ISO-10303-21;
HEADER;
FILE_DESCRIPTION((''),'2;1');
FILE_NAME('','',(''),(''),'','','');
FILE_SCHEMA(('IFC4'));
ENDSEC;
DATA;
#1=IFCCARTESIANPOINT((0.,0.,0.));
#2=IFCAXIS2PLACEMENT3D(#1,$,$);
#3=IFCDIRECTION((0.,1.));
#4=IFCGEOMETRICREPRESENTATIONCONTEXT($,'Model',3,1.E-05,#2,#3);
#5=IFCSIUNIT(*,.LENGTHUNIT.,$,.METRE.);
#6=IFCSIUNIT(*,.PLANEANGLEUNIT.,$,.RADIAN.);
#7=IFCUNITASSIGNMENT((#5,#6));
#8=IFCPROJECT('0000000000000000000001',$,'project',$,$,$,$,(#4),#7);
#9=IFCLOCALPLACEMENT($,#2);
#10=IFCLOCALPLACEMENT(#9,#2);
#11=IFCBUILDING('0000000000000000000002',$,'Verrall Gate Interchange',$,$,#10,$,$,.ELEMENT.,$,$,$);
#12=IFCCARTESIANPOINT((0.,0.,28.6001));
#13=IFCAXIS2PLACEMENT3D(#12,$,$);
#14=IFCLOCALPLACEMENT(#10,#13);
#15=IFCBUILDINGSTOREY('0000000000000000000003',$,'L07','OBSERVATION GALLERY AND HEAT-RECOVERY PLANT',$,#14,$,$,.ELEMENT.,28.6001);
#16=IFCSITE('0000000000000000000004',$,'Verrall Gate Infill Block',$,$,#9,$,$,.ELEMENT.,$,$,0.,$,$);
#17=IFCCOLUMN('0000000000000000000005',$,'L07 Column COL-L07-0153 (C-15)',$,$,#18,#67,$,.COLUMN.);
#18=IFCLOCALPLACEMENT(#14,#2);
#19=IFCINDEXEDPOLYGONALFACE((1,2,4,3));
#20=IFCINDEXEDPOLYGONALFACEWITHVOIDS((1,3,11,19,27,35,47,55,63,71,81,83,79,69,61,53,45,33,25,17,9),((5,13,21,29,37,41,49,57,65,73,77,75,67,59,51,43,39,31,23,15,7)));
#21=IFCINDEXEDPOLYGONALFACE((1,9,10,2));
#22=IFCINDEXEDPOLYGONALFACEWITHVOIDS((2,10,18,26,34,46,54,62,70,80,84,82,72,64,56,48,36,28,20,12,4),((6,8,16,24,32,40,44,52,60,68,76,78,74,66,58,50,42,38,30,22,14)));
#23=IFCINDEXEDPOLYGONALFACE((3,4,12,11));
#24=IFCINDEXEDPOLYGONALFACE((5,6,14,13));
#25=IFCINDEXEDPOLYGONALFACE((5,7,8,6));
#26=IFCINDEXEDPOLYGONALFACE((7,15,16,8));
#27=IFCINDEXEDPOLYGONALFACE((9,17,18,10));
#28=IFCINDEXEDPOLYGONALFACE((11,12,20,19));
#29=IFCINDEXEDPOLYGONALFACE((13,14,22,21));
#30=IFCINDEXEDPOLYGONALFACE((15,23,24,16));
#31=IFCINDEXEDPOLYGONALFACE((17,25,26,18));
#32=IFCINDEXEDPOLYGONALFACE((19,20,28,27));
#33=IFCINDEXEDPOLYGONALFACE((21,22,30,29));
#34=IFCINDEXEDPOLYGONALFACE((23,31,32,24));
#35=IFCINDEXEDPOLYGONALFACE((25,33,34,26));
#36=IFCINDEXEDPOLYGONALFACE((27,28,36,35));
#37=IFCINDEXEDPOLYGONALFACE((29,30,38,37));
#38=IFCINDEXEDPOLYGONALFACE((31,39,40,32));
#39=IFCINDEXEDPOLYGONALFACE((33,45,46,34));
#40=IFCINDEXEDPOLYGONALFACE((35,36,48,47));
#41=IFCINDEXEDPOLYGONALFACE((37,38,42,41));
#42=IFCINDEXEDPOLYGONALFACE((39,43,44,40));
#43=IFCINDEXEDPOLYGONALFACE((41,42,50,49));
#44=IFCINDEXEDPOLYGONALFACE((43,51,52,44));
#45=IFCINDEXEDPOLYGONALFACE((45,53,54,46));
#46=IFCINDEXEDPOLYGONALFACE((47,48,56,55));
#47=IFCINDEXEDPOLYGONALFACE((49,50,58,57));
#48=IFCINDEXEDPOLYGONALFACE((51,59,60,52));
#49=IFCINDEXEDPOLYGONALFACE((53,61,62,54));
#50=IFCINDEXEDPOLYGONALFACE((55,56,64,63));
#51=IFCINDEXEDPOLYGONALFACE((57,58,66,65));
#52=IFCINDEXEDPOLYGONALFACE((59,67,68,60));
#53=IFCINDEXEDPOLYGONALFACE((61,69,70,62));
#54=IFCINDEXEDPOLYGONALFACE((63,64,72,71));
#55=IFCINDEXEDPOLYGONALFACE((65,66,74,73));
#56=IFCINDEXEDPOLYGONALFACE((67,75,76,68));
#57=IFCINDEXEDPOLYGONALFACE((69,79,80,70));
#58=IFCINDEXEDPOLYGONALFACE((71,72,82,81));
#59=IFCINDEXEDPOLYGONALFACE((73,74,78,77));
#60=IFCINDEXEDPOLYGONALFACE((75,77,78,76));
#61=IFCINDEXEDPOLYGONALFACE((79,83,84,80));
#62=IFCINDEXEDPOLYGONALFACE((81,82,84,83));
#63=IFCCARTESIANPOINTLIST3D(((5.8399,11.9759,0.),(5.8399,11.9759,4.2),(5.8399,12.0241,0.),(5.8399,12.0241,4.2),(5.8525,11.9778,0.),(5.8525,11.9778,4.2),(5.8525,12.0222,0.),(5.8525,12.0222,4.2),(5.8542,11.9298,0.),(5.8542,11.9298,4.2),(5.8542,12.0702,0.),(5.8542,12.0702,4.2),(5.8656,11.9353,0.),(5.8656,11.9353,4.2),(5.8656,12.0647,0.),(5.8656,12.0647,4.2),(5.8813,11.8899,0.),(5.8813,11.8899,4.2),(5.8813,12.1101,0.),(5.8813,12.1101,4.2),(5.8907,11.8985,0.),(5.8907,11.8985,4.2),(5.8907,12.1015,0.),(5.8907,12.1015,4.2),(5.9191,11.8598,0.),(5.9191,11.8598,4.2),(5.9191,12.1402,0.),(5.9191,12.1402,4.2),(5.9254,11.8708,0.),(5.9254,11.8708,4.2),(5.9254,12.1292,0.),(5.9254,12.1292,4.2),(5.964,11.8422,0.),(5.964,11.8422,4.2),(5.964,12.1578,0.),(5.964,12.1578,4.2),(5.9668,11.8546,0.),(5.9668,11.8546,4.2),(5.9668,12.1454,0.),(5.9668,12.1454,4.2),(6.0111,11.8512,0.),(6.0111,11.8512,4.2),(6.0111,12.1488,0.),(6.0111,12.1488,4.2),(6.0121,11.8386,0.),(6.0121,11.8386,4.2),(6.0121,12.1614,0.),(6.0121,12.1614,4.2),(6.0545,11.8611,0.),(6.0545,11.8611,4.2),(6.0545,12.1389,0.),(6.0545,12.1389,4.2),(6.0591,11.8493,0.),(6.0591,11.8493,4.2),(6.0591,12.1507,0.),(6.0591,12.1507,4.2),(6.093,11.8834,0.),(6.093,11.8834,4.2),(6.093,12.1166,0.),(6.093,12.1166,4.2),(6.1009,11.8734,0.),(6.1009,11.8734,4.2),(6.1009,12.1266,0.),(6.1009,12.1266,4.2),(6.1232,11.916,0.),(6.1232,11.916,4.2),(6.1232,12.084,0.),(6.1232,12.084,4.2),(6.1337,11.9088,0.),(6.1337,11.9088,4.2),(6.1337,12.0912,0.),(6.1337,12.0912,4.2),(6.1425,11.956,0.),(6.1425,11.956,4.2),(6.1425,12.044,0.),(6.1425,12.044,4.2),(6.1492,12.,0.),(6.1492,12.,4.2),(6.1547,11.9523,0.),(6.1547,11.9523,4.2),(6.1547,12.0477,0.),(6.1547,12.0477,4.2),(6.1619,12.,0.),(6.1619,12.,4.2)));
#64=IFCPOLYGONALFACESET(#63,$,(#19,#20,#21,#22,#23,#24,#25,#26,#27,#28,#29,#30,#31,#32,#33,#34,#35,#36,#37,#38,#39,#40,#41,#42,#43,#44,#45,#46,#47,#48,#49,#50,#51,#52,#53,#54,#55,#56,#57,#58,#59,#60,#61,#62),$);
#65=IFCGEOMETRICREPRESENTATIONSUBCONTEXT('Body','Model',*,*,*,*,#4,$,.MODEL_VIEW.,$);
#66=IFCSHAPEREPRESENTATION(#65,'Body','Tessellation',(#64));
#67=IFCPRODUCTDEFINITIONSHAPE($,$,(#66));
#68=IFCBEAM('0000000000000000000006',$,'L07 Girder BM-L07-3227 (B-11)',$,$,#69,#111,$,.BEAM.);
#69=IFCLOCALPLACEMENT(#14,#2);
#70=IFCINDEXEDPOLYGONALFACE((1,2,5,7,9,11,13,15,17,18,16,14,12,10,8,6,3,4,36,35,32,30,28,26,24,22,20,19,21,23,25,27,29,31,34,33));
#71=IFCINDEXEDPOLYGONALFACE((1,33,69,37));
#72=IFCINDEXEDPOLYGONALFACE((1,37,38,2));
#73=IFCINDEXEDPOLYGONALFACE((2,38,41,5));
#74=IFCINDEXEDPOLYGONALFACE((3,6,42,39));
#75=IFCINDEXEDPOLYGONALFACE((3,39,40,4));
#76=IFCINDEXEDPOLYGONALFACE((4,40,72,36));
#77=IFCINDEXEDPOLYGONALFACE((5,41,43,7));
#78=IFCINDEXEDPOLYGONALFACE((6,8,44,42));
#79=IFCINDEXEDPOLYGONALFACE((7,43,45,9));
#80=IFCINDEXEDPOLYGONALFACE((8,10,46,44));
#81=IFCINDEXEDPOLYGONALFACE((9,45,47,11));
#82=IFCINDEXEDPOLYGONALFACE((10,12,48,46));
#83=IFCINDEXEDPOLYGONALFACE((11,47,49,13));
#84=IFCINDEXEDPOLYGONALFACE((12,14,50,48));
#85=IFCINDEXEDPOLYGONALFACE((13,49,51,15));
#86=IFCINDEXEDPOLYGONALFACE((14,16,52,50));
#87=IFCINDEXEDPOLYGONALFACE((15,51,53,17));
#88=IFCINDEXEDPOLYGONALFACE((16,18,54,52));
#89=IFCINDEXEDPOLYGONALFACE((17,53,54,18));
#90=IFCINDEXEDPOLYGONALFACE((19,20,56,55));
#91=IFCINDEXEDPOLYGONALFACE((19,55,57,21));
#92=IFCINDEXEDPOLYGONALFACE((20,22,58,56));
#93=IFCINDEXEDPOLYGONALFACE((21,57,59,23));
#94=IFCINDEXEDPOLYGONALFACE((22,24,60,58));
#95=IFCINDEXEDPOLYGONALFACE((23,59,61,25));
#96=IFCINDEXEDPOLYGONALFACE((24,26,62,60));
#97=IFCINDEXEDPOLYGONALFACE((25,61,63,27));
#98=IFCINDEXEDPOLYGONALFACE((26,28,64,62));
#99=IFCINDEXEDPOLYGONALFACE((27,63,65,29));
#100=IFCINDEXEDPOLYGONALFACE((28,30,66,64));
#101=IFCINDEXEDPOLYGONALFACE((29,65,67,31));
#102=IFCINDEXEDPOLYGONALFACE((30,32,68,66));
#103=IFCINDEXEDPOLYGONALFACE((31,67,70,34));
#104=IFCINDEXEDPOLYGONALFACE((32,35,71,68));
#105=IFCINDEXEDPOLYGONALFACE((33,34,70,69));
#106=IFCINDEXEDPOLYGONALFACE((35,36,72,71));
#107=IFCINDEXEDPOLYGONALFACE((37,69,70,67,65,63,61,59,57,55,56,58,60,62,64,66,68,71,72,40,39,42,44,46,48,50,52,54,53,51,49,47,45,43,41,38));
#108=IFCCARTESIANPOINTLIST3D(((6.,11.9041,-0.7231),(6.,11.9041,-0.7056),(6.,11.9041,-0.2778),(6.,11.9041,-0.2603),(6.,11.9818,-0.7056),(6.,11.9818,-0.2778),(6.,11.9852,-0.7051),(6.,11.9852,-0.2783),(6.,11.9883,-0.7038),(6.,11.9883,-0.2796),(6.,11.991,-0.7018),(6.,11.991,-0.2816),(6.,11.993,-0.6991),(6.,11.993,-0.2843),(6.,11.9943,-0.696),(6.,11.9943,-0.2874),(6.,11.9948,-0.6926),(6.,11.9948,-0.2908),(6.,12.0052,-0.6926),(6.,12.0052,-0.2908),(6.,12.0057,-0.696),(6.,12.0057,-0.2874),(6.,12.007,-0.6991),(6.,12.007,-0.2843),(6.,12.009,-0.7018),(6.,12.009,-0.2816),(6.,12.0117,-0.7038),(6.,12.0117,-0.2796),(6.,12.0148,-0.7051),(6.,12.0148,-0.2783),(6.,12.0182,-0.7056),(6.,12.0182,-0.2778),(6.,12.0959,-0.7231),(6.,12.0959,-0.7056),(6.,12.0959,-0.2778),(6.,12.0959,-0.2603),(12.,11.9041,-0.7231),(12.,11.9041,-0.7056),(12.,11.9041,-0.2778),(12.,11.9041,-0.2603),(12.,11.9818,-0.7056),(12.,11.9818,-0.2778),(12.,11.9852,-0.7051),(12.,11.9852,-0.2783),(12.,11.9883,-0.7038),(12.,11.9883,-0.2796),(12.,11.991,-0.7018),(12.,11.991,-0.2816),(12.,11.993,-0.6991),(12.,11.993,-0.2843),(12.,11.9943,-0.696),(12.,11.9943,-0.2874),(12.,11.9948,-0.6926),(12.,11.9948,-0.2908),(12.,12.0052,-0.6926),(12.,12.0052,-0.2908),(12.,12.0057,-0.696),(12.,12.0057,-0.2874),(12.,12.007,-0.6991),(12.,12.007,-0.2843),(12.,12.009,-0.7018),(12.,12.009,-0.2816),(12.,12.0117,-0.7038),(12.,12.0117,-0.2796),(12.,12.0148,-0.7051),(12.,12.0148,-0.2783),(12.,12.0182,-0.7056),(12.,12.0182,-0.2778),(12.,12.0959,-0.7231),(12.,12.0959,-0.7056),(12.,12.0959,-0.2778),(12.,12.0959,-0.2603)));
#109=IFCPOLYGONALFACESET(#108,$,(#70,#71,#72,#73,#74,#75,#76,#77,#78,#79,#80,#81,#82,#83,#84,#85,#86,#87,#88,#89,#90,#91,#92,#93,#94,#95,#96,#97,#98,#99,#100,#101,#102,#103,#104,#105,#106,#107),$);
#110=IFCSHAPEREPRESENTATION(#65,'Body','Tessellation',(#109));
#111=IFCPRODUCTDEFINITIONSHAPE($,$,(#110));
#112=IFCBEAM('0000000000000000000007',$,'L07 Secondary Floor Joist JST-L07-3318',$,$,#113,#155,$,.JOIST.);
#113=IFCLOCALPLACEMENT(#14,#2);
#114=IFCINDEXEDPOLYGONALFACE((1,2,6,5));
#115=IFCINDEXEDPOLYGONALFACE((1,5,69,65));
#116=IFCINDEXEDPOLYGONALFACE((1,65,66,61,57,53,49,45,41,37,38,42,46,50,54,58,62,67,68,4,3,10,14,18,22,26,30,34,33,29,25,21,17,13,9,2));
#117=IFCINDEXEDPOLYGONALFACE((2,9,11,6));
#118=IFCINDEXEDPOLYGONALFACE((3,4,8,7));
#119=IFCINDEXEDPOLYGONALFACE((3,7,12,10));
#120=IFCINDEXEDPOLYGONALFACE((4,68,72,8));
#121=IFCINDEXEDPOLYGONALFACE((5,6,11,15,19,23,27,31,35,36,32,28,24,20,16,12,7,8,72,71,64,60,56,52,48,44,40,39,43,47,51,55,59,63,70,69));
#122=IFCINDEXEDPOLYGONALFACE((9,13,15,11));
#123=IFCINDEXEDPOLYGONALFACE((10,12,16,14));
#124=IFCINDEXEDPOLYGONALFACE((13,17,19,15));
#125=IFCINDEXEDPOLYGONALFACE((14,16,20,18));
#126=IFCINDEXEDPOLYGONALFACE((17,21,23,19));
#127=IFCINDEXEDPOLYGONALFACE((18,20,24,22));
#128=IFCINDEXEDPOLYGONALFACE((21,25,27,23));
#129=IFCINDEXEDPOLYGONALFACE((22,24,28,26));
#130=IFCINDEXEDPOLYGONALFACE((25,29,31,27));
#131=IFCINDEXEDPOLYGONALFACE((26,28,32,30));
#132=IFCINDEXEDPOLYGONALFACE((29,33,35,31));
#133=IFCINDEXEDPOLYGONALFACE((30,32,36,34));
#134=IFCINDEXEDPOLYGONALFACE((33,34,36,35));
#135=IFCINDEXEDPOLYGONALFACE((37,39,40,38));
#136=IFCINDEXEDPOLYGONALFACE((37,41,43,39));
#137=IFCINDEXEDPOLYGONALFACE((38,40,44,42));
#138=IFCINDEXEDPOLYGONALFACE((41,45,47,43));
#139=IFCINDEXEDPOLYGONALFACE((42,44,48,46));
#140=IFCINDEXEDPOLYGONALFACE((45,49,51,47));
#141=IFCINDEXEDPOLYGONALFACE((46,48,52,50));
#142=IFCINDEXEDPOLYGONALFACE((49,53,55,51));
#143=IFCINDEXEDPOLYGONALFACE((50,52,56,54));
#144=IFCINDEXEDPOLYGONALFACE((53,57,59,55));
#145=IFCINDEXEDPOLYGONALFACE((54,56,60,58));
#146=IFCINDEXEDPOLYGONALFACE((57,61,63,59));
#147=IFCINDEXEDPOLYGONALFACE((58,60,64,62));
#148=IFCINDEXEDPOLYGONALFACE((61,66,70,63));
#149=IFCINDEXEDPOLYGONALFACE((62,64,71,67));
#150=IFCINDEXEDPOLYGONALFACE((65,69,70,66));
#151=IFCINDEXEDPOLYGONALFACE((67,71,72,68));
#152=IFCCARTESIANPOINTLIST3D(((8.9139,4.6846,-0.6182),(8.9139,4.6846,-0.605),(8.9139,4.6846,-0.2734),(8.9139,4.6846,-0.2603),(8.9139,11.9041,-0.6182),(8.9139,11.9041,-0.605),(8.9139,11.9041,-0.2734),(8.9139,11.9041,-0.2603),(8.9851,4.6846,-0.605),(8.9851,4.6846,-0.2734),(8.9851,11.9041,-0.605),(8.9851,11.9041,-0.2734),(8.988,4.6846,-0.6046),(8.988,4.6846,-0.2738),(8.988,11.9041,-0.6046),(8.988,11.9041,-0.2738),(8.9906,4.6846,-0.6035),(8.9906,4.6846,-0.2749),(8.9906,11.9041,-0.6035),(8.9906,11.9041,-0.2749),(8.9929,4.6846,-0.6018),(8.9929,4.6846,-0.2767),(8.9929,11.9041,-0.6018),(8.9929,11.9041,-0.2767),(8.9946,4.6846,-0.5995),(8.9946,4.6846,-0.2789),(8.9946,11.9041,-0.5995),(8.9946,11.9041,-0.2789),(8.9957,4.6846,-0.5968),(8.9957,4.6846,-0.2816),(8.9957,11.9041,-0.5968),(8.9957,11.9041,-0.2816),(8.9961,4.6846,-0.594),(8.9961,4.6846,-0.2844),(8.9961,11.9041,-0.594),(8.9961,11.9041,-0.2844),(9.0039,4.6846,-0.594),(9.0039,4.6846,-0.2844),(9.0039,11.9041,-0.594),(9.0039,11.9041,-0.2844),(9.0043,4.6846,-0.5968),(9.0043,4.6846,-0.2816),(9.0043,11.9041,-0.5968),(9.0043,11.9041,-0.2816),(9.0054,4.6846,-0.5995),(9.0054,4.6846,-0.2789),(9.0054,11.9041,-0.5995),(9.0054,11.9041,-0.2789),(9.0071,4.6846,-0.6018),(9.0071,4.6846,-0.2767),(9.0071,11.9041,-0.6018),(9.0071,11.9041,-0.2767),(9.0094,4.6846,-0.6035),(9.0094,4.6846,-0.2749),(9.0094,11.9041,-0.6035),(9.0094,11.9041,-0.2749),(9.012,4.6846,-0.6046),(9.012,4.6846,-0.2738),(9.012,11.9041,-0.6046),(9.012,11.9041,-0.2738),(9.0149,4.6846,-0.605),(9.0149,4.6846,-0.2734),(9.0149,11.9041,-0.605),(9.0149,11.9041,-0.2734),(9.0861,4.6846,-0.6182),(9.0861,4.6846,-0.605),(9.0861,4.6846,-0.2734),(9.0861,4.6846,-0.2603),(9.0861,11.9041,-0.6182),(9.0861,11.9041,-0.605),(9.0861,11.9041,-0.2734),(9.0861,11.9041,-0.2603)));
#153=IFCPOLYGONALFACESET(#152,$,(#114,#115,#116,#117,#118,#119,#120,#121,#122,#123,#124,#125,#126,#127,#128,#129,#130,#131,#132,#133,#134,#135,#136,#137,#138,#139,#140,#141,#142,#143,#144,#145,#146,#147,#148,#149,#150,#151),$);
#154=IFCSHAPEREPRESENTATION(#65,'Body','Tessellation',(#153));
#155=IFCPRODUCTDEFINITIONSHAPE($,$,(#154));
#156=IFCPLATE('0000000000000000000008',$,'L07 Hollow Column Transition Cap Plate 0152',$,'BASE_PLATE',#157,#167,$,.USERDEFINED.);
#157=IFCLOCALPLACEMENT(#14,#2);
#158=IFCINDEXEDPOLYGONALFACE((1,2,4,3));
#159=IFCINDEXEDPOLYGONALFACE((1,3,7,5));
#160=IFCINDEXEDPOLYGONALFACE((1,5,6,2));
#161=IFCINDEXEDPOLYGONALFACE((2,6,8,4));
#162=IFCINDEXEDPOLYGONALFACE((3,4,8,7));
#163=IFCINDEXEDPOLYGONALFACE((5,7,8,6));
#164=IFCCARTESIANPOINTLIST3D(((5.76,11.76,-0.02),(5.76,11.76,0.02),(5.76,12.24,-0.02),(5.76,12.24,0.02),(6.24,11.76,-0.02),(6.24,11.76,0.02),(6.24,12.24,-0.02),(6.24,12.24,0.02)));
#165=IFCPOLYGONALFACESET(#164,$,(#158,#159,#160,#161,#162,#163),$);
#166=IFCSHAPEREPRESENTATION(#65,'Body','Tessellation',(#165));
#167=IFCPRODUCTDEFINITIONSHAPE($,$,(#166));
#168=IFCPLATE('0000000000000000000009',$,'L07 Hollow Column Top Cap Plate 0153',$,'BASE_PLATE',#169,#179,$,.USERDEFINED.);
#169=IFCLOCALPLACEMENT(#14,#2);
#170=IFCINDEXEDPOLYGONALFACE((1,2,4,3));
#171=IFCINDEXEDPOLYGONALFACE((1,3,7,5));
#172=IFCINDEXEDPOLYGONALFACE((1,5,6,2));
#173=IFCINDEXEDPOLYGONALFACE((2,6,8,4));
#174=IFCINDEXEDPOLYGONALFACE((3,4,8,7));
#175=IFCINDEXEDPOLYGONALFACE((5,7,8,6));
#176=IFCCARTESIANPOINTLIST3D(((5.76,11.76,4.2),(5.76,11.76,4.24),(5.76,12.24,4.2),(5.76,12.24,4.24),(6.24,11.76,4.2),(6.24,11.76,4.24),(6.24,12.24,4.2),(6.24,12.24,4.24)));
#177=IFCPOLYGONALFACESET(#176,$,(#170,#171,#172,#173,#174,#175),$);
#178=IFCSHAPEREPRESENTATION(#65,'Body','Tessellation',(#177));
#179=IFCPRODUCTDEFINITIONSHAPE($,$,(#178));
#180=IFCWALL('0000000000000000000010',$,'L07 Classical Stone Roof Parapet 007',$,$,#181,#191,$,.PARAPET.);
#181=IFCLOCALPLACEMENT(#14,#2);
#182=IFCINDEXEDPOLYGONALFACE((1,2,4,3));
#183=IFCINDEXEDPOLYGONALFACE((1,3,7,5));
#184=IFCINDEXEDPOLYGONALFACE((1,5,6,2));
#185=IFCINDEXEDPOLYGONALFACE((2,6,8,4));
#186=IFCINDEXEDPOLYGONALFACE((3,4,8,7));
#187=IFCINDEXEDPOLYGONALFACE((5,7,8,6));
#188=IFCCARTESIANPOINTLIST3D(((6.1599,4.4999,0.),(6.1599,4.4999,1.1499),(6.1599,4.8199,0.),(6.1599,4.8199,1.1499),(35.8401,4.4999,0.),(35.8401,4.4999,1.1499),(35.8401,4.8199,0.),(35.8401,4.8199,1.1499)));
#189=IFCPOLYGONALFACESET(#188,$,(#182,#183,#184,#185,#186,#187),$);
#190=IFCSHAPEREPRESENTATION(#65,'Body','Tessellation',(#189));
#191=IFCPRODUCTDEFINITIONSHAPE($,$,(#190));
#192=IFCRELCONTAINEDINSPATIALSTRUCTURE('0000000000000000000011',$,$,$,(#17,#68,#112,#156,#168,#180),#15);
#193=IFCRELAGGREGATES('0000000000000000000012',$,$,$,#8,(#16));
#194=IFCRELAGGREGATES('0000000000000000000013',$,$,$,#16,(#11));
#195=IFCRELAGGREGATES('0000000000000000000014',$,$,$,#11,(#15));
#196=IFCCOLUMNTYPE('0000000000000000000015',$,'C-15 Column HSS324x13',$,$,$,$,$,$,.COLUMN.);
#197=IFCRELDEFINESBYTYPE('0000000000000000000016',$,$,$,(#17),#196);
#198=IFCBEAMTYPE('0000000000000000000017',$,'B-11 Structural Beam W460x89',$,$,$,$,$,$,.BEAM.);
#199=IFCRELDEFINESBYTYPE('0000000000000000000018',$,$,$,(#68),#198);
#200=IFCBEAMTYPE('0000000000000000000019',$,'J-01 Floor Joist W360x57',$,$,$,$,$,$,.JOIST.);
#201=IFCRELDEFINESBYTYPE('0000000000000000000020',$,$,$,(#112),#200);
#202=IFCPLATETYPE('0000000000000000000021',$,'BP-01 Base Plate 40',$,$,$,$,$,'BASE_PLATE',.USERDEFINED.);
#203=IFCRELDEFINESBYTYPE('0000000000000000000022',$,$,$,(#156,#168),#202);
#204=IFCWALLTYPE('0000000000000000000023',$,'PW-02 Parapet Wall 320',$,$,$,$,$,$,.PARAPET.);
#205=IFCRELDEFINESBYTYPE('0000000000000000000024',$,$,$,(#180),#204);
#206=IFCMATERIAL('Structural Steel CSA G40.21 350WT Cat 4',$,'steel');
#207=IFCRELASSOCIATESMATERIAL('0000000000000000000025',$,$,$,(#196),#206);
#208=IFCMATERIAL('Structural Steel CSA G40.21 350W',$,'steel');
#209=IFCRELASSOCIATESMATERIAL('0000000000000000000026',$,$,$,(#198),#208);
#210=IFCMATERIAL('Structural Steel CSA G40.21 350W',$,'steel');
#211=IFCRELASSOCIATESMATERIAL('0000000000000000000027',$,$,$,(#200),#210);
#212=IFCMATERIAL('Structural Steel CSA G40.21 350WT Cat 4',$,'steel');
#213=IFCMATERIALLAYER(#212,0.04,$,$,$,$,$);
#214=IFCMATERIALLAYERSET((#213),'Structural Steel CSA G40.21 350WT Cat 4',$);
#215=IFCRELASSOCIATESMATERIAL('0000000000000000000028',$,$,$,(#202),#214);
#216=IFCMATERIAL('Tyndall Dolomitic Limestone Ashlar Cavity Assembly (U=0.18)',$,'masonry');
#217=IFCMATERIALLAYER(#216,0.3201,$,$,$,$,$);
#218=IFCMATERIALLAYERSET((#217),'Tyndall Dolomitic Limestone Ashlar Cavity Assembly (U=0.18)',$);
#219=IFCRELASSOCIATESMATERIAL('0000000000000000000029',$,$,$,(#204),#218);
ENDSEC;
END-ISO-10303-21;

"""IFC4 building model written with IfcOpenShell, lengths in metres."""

from ifc_helpers import new_model, si_unit, direction, frame, frame_2d, origin, origin_2d, place, context, subcontext, project, spatial, rectangle, hollow_circle, i_section, extrude, material, layer, layer_set, material_profile, profile_set, type_object, element, save


model = new_model("IFC4")

# Units and contexts
model_context = context("Model", 3, precision=1e-05, world=origin(), true_north=direction((0.0, 1.0)))
body_context = subcontext(model_context, "Body", "Model", "MODEL_VIEW")
ifc_project = project(units=[si_unit("LENGTHUNIT", "METRE"), si_unit("PLANEANGLEUNIT", "RADIAN")], contexts=[model_context])

# Site, building, storey
site_placement = place(None, origin())
site = spatial("IfcSite", under=ifc_project, at=site_placement, Name="Verrall Gate Infill Block", CompositionType="ELEMENT", RefElevation=0.0)
building_placement = place(site_placement, origin())
building = spatial("IfcBuilding", under=site, at=building_placement, Name="Verrall Gate Interchange", CompositionType="ELEMENT")
storey_placement = place(building_placement, frame((0.0, 0.0, 28.6001)))
storey = spatial("IfcBuildingStorey", under=building, at=storey_placement, Name="L07", Description="OBSERVATION GALLERY AND HEAT-RECOVERY PLANT", CompositionType="ELEMENT", Elevation=28.6001)

# Column
ifc_material_1 = material(Name="Structural Steel CSA G40.21 350WT Cat 4", Category="steel")
ifc_material_profile_1 = material_profile(ifc_material_1, hollow_circle(Radius=0.1619, WallThickness=0.0127, at=origin_2d()), Name="HSS324x13")
ifc_profile_set_1 = profile_set([ifc_material_profile_1], Name="Structural Steel CSA G40.21 350WT Cat 4")
column_type = type_object("IfcColumnType", Name="C-15 Column HSS324x13", PredefinedType="COLUMN", material=ifc_profile_set_1)
column_placement = place(storey_placement, frame((6.0, 12.0, 0.0), z_axis=(0.0, 0.0, 1.0), x_axis=(1.0, 0.0, 0.0)))
element("IfcColumn", 1, at=column_placement, inside=storey, type_object=column_type, Name="L07 Column COL-L07-0153 (C-15)", PredefinedType="COLUMN", context=body_context, shape_type="SweptSolid", body=[
    extrude(hollow_circle(Radius=0.1619, WallThickness=0.0127, at=origin_2d()), origin(), (0.0, 0.0, 1.0), 4.2),
])

# Beams
ifc_material_2 = material(Name="Structural Steel CSA G40.21 350W", Category="steel")
ifc_material_profile_2 = material_profile(ifc_material_2, i_section(OverallWidth=0.1919, OverallDepth=0.4629, WebThickness=0.0105, FlangeThickness=0.0176, FilletRadius=0.0129, at=origin_2d()), Name="W460x89")
ifc_profile_set_2 = profile_set([ifc_material_profile_2], Name="Structural Steel CSA G40.21 350W")
beam_type_1 = type_object("IfcBeamType", Name="B-11 Structural Beam W460x89", PredefinedType="BEAM", material=ifc_profile_set_2)
beam_1_placement = place(storey_placement, frame((6.0, 12.0, -0.4917), z_axis=(1.0, 0.0, 0.0), x_axis=(0.0, 1.0, 0.0)))
element("IfcBeam", 2, at=beam_1_placement, inside=storey, type_object=beam_type_1, Name="L07 Girder BM-L07-3227 (B-11)", PredefinedType="BEAM", context=body_context, shape_type="SweptSolid", body=[
    extrude(i_section(OverallWidth=0.1919, OverallDepth=0.4629, WebThickness=0.0105, FlangeThickness=0.0176, FilletRadius=0.0129, at=origin_2d()), origin(), (0.0, 0.0, 1.0), 6.0),
])
ifc_material_3 = material(Name="Structural Steel CSA G40.21 350W", Category="steel")
ifc_material_profile_3 = material_profile(ifc_material_3, i_section(OverallWidth=0.1721, OverallDepth=0.3579, WebThickness=0.0078, FlangeThickness=0.0132, FilletRadius=0.011, at=origin_2d()), Name="W360x57")
ifc_profile_set_3 = profile_set([ifc_material_profile_3], Name="Structural Steel CSA G40.21 350W")
beam_type_2 = type_object("IfcBeamType", Name="J-01 Floor Joist W360x57", PredefinedType="JOIST", material=ifc_profile_set_3)
beam_2_placement = place(storey_placement, frame((9.0, 4.6846, -0.4392), z_axis=(0.0, 1.0, 0.0), x_axis=(-1.0, 0.0, 0.0)))
element("IfcBeam", 3, at=beam_2_placement, inside=storey, type_object=beam_type_2, Name="L07 Secondary Floor Joist JST-L07-3318", PredefinedType="JOIST", context=body_context, shape_type="SweptSolid", body=[
    extrude(i_section(OverallWidth=0.1721, OverallDepth=0.3579, WebThickness=0.0078, FlangeThickness=0.0132, FilletRadius=0.011, at=origin_2d()), origin(), (0.0, 0.0, 1.0), 7.2195),
])

# Plates
ifc_material_4 = material(Name="Structural Steel CSA G40.21 350WT Cat 4", Category="steel")
ifc_layer_1 = layer(ifc_material_4, 0.04)
ifc_layer_set_1 = layer_set([ifc_layer_1], Name="Structural Steel CSA G40.21 350WT Cat 4")
plate_type = type_object("IfcPlateType", Name="BP-01 Base Plate 40", ElementType="BASE_PLATE", PredefinedType="USERDEFINED", material=ifc_layer_set_1)
for number, where, z_axis, x_axis, name in (
    (4, (6.0, 12.0, -0.02), (0.0, 0.0, 1.0), (1.0, 0.0, 0.0), "L07 Hollow Column Transition Cap Plate 0152"),
    (5, (6.0, 12.0, 4.2), (0.0, 0.0, 1.0), (1.0, 0.0, 0.0), "L07 Hollow Column Top Cap Plate 0153"),
):
    element("IfcPlate", number, at=place(storey_placement, frame(where, z_axis=z_axis, x_axis=x_axis)), inside=storey, type_object=plate_type, Name=name, ObjectType="BASE_PLATE", PredefinedType="USERDEFINED", context=body_context, shape_type="SweptSolid", body=[
        extrude(rectangle(XDim=0.48, YDim=0.48, at=origin_2d()), origin(), (0.0, 0.0, 1.0), 0.04),
    ])

# Wall
ifc_material_5 = material(Name="Tyndall Dolomitic Limestone Ashlar Cavity Assembly (U=0.18)", Category="masonry")
ifc_layer_2 = layer(ifc_material_5, 0.3201)
ifc_layer_set_2 = layer_set([ifc_layer_2], Name="Tyndall Dolomitic Limestone Ashlar Cavity Assembly (U=0.18)")
wall_type = type_object("IfcWallType", Name="PW-02 Parapet Wall 320", PredefinedType="PARAPET", material=ifc_layer_set_2)
wall_1_placement = place(storey_placement, frame((6.1599, 4.6599, 0.0), z_axis=(0.0, 0.0, 1.0), x_axis=(1.0, 0.0, 0.0)))
element("IfcWall", 6, at=wall_1_placement, inside=storey, type_object=wall_type, Name="L07 Classical Stone Roof Parapet 007", PredefinedType="PARAPET", context=body_context, shape_type="SweptSolid", body=[
    extrude(rectangle(XDim=29.6802, YDim=0.3201, at=frame_2d((14.8401, 0.0))), origin(), (0.0, 0.0, 1.0), 1.1499),
])

save(model, "model.ifc")
